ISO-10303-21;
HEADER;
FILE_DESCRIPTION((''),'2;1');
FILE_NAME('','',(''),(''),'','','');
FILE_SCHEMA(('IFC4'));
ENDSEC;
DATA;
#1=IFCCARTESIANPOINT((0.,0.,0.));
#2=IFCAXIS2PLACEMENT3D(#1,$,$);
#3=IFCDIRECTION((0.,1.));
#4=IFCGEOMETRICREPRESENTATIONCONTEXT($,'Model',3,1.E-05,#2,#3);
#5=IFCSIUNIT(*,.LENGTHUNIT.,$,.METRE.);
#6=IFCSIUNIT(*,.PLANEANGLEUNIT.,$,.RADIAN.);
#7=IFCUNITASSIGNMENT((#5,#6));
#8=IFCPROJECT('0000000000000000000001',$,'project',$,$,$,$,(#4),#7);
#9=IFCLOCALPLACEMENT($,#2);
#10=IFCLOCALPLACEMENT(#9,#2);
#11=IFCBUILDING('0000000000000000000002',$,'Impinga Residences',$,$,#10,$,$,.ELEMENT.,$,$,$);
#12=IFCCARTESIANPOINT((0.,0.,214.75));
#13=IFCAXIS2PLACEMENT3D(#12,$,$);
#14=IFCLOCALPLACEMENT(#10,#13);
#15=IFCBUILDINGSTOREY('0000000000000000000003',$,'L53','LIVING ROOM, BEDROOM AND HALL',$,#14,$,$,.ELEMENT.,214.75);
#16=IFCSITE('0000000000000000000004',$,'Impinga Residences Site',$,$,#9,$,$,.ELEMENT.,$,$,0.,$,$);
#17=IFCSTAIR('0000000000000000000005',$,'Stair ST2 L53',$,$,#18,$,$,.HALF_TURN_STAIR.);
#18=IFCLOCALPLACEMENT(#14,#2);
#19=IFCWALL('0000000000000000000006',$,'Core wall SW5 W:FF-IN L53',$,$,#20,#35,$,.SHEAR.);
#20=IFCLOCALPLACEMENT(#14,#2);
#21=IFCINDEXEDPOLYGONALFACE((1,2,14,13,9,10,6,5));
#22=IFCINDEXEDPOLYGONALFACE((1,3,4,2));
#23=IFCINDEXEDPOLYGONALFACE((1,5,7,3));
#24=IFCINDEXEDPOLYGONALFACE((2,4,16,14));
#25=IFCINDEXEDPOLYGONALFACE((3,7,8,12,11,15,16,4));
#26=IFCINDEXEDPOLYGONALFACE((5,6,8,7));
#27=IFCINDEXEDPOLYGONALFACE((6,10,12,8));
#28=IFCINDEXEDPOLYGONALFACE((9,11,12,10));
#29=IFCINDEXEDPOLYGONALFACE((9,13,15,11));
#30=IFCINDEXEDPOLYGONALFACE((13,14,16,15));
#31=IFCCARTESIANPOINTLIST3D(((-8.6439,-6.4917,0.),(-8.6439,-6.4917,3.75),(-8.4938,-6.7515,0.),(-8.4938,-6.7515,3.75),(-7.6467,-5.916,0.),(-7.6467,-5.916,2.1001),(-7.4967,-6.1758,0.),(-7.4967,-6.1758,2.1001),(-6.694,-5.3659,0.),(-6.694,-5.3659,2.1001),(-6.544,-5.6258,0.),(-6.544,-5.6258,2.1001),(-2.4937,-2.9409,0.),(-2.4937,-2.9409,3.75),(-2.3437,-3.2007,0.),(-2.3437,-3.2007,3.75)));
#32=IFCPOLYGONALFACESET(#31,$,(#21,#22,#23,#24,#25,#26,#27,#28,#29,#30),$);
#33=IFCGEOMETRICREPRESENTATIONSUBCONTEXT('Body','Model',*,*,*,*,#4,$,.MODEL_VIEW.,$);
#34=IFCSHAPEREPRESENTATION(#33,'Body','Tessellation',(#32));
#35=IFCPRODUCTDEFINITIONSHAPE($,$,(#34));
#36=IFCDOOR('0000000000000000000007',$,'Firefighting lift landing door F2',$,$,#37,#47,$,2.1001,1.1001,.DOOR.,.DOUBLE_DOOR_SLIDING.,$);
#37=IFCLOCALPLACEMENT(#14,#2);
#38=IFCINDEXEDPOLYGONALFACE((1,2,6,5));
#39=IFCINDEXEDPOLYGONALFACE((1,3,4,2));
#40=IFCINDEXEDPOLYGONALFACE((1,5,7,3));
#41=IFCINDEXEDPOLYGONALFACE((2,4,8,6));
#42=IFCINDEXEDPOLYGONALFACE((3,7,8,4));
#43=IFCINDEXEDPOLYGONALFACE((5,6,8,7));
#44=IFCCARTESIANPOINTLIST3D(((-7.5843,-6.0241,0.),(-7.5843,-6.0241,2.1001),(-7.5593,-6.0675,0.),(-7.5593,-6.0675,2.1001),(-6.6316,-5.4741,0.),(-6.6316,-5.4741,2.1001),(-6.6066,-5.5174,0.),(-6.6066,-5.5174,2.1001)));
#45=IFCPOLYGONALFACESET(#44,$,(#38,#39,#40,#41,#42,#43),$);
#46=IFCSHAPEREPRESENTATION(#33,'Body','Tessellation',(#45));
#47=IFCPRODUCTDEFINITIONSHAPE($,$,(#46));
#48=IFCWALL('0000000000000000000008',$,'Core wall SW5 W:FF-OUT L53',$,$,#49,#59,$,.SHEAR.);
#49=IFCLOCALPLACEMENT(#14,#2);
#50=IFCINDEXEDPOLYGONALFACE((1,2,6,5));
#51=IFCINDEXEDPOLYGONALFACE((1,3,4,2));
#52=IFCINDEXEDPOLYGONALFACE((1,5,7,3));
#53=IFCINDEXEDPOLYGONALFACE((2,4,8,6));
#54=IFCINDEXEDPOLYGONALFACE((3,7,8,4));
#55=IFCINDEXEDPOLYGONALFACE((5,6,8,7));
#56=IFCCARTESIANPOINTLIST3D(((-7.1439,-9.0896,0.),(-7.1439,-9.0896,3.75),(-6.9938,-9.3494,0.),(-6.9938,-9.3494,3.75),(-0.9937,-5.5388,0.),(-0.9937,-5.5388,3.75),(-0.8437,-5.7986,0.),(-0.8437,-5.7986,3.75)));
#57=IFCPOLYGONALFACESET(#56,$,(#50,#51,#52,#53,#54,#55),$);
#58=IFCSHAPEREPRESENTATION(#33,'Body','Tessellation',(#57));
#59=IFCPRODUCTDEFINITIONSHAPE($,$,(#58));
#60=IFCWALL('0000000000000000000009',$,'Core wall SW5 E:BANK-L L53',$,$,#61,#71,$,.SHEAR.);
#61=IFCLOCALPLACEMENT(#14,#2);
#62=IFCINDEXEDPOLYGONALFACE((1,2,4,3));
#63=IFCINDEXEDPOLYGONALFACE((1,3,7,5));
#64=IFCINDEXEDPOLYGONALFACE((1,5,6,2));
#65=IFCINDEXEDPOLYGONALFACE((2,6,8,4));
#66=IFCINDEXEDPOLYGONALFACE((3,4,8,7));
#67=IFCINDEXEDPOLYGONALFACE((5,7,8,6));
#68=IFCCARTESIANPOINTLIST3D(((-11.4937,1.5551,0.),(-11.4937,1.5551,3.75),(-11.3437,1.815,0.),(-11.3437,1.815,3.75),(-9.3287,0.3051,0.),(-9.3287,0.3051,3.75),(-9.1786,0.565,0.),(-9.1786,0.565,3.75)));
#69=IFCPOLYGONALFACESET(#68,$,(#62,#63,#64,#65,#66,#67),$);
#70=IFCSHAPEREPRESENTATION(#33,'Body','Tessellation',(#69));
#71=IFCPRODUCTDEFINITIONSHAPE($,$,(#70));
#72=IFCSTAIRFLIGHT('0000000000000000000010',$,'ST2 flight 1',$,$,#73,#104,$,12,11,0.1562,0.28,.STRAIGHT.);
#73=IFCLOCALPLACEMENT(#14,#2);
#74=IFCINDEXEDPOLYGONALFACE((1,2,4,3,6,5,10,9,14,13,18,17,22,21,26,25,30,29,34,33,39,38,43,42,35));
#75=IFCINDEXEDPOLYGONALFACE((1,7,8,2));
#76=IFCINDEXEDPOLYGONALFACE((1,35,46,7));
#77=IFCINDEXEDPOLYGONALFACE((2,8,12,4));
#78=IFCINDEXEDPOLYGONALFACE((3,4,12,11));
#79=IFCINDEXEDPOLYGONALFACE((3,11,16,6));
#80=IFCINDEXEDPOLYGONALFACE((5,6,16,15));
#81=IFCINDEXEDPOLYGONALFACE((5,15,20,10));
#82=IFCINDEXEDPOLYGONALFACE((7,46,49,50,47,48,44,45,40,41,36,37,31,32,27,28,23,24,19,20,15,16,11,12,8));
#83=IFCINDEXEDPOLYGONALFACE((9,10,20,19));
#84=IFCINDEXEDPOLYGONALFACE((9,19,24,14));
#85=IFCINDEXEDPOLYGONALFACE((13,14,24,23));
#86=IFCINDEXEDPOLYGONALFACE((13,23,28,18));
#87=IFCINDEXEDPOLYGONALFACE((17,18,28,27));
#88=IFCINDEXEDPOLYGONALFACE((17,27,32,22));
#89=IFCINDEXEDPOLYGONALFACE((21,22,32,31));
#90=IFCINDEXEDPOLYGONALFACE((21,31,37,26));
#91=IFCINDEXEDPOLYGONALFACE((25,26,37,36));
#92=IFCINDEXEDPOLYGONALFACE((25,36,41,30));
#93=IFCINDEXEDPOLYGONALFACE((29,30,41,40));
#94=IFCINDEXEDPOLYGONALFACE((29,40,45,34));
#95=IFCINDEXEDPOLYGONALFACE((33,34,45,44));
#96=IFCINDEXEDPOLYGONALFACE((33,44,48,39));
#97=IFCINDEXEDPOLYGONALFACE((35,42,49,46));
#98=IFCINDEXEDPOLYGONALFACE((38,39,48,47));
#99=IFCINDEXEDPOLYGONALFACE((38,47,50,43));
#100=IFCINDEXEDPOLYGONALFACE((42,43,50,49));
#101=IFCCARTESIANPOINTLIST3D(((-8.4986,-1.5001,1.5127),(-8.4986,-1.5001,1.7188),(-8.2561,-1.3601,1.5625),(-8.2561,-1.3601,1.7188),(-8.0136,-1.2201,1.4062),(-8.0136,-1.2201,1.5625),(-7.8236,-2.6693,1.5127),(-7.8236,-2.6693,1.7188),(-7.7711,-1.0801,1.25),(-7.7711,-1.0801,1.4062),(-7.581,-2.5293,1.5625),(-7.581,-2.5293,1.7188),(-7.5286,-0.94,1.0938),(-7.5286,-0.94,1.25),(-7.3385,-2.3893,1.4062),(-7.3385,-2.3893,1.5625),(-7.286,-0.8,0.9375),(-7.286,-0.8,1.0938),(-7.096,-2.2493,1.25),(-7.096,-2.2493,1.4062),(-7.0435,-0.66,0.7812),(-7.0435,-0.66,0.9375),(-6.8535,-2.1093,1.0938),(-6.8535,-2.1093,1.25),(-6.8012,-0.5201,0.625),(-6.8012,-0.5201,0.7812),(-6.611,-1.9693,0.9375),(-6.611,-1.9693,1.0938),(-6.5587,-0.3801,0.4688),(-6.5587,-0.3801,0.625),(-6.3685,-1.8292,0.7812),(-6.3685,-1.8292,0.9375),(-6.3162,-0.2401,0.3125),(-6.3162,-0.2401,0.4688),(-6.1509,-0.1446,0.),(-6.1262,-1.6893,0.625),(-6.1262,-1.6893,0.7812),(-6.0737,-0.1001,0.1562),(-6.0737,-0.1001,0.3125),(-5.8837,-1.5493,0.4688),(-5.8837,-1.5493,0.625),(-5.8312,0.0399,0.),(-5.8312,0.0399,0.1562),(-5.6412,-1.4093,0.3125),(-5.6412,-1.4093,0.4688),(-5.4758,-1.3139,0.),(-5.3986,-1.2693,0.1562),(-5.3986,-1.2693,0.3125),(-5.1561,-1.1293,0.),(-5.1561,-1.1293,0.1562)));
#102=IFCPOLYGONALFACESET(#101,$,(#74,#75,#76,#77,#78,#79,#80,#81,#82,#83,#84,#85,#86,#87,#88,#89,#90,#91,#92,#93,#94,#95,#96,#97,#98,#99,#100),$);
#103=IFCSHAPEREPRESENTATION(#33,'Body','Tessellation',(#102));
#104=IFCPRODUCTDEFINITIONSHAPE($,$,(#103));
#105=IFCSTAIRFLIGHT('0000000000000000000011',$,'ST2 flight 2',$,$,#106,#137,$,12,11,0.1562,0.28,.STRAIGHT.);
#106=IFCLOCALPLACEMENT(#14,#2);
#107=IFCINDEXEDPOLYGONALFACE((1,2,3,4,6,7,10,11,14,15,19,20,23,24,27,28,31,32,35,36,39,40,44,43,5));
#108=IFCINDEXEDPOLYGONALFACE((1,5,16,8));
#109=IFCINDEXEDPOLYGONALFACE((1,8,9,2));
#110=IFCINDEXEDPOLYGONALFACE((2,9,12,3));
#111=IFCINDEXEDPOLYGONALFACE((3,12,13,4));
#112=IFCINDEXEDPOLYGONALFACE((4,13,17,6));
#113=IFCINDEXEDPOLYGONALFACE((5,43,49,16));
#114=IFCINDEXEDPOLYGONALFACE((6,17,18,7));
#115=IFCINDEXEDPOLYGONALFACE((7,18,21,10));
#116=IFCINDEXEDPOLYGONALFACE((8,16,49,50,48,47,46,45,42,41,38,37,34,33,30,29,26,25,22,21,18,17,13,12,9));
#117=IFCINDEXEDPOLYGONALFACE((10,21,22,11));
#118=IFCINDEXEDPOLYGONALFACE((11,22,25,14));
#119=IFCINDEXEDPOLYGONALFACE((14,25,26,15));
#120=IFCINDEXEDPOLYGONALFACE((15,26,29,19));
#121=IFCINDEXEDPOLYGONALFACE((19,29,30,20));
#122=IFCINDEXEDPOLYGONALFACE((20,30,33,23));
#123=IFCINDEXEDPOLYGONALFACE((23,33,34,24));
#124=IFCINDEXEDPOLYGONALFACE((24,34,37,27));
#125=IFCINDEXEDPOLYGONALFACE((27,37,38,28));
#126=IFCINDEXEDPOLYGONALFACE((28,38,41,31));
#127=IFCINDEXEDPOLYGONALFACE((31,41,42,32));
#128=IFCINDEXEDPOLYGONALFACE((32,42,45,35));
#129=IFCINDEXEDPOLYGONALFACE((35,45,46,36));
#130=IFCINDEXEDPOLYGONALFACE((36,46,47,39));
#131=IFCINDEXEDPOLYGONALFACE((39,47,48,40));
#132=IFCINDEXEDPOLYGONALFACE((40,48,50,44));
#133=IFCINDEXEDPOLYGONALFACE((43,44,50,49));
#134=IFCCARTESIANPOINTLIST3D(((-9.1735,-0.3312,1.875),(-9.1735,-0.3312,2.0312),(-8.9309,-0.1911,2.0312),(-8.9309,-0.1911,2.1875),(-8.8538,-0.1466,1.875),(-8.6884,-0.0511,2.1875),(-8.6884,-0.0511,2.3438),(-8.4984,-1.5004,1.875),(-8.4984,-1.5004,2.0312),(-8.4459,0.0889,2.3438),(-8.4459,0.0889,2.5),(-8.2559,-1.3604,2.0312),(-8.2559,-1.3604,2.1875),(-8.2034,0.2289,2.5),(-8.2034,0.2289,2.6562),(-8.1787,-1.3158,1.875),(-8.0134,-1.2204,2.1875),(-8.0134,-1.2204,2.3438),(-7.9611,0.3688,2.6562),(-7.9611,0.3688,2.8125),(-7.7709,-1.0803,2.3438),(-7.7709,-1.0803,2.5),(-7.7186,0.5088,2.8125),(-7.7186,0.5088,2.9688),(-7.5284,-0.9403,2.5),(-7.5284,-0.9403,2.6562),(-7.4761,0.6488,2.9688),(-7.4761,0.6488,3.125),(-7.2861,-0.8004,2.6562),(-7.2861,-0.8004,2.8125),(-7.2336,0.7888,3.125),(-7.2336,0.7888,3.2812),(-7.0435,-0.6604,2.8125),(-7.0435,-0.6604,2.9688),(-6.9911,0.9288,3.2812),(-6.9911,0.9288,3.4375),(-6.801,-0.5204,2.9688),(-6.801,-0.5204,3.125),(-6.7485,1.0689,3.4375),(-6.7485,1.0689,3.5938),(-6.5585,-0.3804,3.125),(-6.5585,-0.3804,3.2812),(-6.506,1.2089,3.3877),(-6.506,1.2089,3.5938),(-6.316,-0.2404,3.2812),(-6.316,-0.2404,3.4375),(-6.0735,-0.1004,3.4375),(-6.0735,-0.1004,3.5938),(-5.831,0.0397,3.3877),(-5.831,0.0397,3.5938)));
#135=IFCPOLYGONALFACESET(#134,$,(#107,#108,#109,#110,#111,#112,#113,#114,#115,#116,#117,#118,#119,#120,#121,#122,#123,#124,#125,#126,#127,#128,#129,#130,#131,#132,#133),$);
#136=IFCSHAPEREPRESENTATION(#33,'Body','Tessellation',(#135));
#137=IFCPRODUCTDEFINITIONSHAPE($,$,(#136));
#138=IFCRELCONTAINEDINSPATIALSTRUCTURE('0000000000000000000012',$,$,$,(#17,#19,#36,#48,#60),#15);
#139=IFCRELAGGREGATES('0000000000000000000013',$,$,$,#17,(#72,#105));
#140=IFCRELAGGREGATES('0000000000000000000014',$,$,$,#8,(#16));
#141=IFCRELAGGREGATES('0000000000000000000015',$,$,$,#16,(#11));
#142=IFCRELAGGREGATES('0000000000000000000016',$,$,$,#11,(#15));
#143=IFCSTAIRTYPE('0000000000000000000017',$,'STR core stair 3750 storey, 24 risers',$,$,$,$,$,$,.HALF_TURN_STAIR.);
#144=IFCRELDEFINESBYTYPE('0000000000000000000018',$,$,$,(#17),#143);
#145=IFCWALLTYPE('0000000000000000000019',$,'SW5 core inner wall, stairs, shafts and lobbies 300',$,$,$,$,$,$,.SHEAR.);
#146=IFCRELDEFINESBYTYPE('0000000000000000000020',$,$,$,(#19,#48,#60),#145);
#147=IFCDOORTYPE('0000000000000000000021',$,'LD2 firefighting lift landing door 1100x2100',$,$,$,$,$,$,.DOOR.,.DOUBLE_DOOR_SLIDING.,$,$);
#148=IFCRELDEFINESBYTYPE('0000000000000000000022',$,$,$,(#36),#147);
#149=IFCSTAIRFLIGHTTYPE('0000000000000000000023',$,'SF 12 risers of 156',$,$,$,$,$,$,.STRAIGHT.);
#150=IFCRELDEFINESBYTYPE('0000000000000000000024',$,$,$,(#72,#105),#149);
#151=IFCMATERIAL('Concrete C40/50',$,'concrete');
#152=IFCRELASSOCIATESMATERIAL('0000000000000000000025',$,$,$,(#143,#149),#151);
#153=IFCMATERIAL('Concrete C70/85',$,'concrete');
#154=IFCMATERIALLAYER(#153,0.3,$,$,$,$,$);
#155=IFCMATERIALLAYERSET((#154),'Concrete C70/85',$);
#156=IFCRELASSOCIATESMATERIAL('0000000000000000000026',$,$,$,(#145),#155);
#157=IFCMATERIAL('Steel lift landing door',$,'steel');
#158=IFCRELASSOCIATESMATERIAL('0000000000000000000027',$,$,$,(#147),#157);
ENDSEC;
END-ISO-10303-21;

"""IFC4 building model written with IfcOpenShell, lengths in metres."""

from ifc_helpers import new_model, si_unit, direction, frame, frame_2d, origin, place, context, subcontext, project, spatial, polyline, rectangle, outline, extrude, material, layer, layer_set, type_object, element, fill, aggregate, save


model = new_model("IFC4")

# Units and contexts
model_context = context("Model", 3, precision=1e-05, world=origin(), true_north=direction((0.0, 1.0)))
body_context = subcontext(model_context, "Body", "Model", "MODEL_VIEW")
ifc_project = project(units=[si_unit("LENGTHUNIT", "METRE"), si_unit("PLANEANGLEUNIT", "RADIAN")], contexts=[model_context])

# Site, building, storey
site_placement = place(None, origin())
site = spatial("IfcSite", under=ifc_project, at=site_placement, Name="Impinga Residences Site", CompositionType="ELEMENT", RefElevation=0.0)
building_placement = place(site_placement, origin())
building = spatial("IfcBuilding", under=site, at=building_placement, Name="Impinga Residences", CompositionType="ELEMENT")
storey_placement = place(building_placement, frame((0.0, 0.0, 214.75)))
storey = spatial("IfcBuildingStorey", under=building, at=storey_placement, Name="L53", Description="LIVING ROOM, BEDROOM AND HALL", CompositionType="ELEMENT", Elevation=214.75)

# Stair
ifc_material_1 = material(Name="Concrete C40/50", Category="concrete")
stair_type = type_object("IfcStairType", Name="STR core stair 3750 storey, 24 risers", PredefinedType="HALF_TURN_STAIR", material=ifc_material_1)
stair_1_placement = place(storey_placement, origin())
stair_1 = element("IfcStair", 1, at=stair_1_placement, inside=storey, type_object=stair_type, Name="Stair ST2 L53", PredefinedType="HALF_TURN_STAIR")

# Shared definitions
ifc_material_2 = material(Name="Concrete C70/85", Category="concrete")
ifc_layer_1 = layer(ifc_material_2, 0.3)
ifc_layer_set_1 = layer_set([ifc_layer_1], Name="Concrete C70/85")
wall_type_1 = type_object("IfcWallType", Name="SW5 core inner wall, stairs, shafts and lobbies 300", PredefinedType="SHEAR", material=ifc_layer_set_1)

# Wall, opening, door
wall_1_placement = place(storey_placement, frame((-2.4187, -3.0708, 0.0), z_axis=(0.0, 0.0, 1.0), x_axis=(-0.866026, -0.499999, 0.0)))
wall_1 = element("IfcWall", 2, at=wall_1_placement, inside=storey, type_object=wall_type_1, Name="Core wall SW5 W:FF-IN L53", PredefinedType="SHEAR", context=body_context, shape_type="SweptSolid", body=[
    extrude(rectangle(XDim=7.1016, YDim=0.3, at=frame_2d((3.5508, 0.0))), origin(), (0.0, 0.0, 1.0), 3.75),
])
opening_1_placement = place(wall_1_placement, frame((4.8501, 0.0, 0.0)))
opening_1 = element("IfcOpeningElement", 3, at=opening_1_placement, cuts=wall_1, PredefinedType="OPENING", context=body_context, shape_type="SweptSolid", body=[
    extrude(rectangle(XDim=1.1001, YDim=2.1001, at=frame_2d((0.55, 1.05))), frame((0.0, 0.1599, 0.0), z_axis=(0.0, -1.0, 0.0), x_axis=(1.0, 0.0, 0.0)), (0.0, 0.0, 1.0), 0.3201),
])
ifc_material_3 = material(Name="Steel lift landing door", Category="steel")
door_type_1 = type_object("IfcDoorType", Name="LD2 firefighting lift landing door 1100x2100", OperationType="DOUBLE_DOOR_SLIDING", PredefinedType="DOOR", material=ifc_material_3)
door_1_placement = place(opening_1_placement, origin())
door_1 = element("IfcDoor", 4, at=door_1_placement, inside=storey, type_object=door_type_1, Name="Firefighting lift landing door F2", OperationType="DOUBLE_DOOR_SLIDING", OverallHeight=2.1001, OverallWidth=1.1001, PredefinedType="DOOR", context=body_context, shape_type="SweptSolid", body=[
    extrude(rectangle(XDim=1.1001, YDim=2.1001, at=frame_2d((0.55, 1.05))), frame((0.0, 0.0249, 0.0), z_axis=(0.0, -1.0, 0.0), x_axis=(1.0, 0.0, 0.0)), (0.0, 0.0, 1.0), 0.05),
])
fill(opening_1, door_1)

# Walls
wall_2_placement = place(storey_placement, frame((-0.9187, -5.6687, 0.0), z_axis=(0.0, 0.0, 1.0), x_axis=(-0.866026, -0.499999, 0.0)))
element("IfcWall", 5, at=wall_2_placement, inside=storey, type_object=wall_type_1, Name="Core wall SW5 W:FF-OUT L53", PredefinedType="SHEAR", context=body_context, shape_type="SweptSolid", body=[
    extrude(rectangle(XDim=7.1016, YDim=0.3, at=frame_2d((3.5508, 0.0))), origin(), (0.0, 0.0, 1.0), 3.75),
])
wall_3_placement = place(storey_placement, frame((-9.2537, 0.4351, 0.0), z_axis=(0.0, 0.0, 1.0), x_axis=(-0.866023, 0.500004, 0.0)))
element("IfcWall", 6, at=wall_3_placement, inside=storey, type_object=wall_type_1, Name="Core wall SW5 E:BANK-L L53", PredefinedType="SHEAR", context=body_context, shape_type="SweptSolid", body=[
    extrude(rectangle(XDim=2.5, YDim=0.3, at=frame_2d((1.25, 0.0))), origin(), (0.0, 0.0, 1.0), 3.75),
])

# Stair flights
stair_flight_type = type_object("IfcStairFlightType", Name="SF 12 risers of 156", PredefinedType="STRAIGHT", material=ifc_material_1)
stair_flight_1_placement = place(storey_placement, frame((-5.4937, -0.5447, 0.0), z_axis=(0.0, 0.0, 1.0), x_axis=(-0.866025, -0.5, 0.0)))
stair_flight_1 = element("IfcStairFlight", 7, at=stair_flight_1_placement, type_object=stair_flight_type, Name="ST2 flight 1", NumberOfRisers=12, NumberOfTreads=11, PredefinedType="STRAIGHT", RiserHeight=0.1562, TreadLength=0.28, context=body_context, shape_type="SweptSolid", body=[
    extrude(outline(polyline([(0.0, 0.0), (0.0, 0.1562), (0.28, 0.1562), (0.28, 0.3125), (0.5601, 0.3125), (0.5601, 0.4688), (0.8401, 0.4688), (0.8401, 0.625), (1.1201, 0.625), (1.1201, 0.7812), (1.3999, 0.7812), (1.3999, 0.9375), (1.6799, 0.9375), (1.6799, 1.0938), (1.96, 1.0938), (1.96, 1.25), (2.24, 1.25), (2.24, 1.4062), (2.52, 1.4062), (2.52, 1.5625), (2.8, 1.5625), (2.8, 1.7188), (3.0801, 1.7188), (3.0801, 1.875), (3.0801, 1.5127), (0.3691, 0.0), (0.0, 0.0)])), frame((0.0, 0.675, 0.0), z_axis=(0.0, -1.0, 0.0), x_axis=(1.0, 0.0, 0.0)), (0.0, 0.0, 1.0), 1.3501),
])
stair_flight_2_placement = place(storey_placement, frame((-8.8359, -0.9158, 1.875), z_axis=(0.0, 0.0, 1.0), x_axis=(0.866025, 0.5, 0.0)))
stair_flight_2 = element("IfcStairFlight", 8, at=stair_flight_2_placement, type_object=stair_flight_type, Name="ST2 flight 2", NumberOfRisers=12, NumberOfTreads=11, PredefinedType="STRAIGHT", RiserHeight=0.1562, TreadLength=0.28, context=body_context, shape_type="SweptSolid", body=[
    extrude(outline(polyline([(0.0, 0.0), (0.0, 0.1562), (0.28, 0.1562), (0.28, 0.3125), (0.5601, 0.3125), (0.5601, 0.4688), (0.8401, 0.4688), (0.8401, 0.625), (1.1201, 0.625), (1.1201, 0.7812), (1.3999, 0.7812), (1.3999, 0.9375), (1.6799, 0.9375), (1.6799, 1.0938), (1.96, 1.0938), (1.96, 1.25), (2.24, 1.25), (2.24, 1.4062), (2.52, 1.4062), (2.52, 1.5625), (2.8, 1.5625), (2.8, 1.7188), (3.0801, 1.7188), (3.0801, 1.875), (3.0801, 1.5127), (0.3691, 0.0), (0.0, 0.0)])), frame((0.0, 0.675, 0.0), z_axis=(0.0, -1.0, 0.0), x_axis=(1.0, 0.0, 0.0)), (0.0, 0.0, 1.0), 1.3501),
])
aggregate(stair_1, [stair_flight_1, stair_flight_2])

save(model, "model.ifc")
